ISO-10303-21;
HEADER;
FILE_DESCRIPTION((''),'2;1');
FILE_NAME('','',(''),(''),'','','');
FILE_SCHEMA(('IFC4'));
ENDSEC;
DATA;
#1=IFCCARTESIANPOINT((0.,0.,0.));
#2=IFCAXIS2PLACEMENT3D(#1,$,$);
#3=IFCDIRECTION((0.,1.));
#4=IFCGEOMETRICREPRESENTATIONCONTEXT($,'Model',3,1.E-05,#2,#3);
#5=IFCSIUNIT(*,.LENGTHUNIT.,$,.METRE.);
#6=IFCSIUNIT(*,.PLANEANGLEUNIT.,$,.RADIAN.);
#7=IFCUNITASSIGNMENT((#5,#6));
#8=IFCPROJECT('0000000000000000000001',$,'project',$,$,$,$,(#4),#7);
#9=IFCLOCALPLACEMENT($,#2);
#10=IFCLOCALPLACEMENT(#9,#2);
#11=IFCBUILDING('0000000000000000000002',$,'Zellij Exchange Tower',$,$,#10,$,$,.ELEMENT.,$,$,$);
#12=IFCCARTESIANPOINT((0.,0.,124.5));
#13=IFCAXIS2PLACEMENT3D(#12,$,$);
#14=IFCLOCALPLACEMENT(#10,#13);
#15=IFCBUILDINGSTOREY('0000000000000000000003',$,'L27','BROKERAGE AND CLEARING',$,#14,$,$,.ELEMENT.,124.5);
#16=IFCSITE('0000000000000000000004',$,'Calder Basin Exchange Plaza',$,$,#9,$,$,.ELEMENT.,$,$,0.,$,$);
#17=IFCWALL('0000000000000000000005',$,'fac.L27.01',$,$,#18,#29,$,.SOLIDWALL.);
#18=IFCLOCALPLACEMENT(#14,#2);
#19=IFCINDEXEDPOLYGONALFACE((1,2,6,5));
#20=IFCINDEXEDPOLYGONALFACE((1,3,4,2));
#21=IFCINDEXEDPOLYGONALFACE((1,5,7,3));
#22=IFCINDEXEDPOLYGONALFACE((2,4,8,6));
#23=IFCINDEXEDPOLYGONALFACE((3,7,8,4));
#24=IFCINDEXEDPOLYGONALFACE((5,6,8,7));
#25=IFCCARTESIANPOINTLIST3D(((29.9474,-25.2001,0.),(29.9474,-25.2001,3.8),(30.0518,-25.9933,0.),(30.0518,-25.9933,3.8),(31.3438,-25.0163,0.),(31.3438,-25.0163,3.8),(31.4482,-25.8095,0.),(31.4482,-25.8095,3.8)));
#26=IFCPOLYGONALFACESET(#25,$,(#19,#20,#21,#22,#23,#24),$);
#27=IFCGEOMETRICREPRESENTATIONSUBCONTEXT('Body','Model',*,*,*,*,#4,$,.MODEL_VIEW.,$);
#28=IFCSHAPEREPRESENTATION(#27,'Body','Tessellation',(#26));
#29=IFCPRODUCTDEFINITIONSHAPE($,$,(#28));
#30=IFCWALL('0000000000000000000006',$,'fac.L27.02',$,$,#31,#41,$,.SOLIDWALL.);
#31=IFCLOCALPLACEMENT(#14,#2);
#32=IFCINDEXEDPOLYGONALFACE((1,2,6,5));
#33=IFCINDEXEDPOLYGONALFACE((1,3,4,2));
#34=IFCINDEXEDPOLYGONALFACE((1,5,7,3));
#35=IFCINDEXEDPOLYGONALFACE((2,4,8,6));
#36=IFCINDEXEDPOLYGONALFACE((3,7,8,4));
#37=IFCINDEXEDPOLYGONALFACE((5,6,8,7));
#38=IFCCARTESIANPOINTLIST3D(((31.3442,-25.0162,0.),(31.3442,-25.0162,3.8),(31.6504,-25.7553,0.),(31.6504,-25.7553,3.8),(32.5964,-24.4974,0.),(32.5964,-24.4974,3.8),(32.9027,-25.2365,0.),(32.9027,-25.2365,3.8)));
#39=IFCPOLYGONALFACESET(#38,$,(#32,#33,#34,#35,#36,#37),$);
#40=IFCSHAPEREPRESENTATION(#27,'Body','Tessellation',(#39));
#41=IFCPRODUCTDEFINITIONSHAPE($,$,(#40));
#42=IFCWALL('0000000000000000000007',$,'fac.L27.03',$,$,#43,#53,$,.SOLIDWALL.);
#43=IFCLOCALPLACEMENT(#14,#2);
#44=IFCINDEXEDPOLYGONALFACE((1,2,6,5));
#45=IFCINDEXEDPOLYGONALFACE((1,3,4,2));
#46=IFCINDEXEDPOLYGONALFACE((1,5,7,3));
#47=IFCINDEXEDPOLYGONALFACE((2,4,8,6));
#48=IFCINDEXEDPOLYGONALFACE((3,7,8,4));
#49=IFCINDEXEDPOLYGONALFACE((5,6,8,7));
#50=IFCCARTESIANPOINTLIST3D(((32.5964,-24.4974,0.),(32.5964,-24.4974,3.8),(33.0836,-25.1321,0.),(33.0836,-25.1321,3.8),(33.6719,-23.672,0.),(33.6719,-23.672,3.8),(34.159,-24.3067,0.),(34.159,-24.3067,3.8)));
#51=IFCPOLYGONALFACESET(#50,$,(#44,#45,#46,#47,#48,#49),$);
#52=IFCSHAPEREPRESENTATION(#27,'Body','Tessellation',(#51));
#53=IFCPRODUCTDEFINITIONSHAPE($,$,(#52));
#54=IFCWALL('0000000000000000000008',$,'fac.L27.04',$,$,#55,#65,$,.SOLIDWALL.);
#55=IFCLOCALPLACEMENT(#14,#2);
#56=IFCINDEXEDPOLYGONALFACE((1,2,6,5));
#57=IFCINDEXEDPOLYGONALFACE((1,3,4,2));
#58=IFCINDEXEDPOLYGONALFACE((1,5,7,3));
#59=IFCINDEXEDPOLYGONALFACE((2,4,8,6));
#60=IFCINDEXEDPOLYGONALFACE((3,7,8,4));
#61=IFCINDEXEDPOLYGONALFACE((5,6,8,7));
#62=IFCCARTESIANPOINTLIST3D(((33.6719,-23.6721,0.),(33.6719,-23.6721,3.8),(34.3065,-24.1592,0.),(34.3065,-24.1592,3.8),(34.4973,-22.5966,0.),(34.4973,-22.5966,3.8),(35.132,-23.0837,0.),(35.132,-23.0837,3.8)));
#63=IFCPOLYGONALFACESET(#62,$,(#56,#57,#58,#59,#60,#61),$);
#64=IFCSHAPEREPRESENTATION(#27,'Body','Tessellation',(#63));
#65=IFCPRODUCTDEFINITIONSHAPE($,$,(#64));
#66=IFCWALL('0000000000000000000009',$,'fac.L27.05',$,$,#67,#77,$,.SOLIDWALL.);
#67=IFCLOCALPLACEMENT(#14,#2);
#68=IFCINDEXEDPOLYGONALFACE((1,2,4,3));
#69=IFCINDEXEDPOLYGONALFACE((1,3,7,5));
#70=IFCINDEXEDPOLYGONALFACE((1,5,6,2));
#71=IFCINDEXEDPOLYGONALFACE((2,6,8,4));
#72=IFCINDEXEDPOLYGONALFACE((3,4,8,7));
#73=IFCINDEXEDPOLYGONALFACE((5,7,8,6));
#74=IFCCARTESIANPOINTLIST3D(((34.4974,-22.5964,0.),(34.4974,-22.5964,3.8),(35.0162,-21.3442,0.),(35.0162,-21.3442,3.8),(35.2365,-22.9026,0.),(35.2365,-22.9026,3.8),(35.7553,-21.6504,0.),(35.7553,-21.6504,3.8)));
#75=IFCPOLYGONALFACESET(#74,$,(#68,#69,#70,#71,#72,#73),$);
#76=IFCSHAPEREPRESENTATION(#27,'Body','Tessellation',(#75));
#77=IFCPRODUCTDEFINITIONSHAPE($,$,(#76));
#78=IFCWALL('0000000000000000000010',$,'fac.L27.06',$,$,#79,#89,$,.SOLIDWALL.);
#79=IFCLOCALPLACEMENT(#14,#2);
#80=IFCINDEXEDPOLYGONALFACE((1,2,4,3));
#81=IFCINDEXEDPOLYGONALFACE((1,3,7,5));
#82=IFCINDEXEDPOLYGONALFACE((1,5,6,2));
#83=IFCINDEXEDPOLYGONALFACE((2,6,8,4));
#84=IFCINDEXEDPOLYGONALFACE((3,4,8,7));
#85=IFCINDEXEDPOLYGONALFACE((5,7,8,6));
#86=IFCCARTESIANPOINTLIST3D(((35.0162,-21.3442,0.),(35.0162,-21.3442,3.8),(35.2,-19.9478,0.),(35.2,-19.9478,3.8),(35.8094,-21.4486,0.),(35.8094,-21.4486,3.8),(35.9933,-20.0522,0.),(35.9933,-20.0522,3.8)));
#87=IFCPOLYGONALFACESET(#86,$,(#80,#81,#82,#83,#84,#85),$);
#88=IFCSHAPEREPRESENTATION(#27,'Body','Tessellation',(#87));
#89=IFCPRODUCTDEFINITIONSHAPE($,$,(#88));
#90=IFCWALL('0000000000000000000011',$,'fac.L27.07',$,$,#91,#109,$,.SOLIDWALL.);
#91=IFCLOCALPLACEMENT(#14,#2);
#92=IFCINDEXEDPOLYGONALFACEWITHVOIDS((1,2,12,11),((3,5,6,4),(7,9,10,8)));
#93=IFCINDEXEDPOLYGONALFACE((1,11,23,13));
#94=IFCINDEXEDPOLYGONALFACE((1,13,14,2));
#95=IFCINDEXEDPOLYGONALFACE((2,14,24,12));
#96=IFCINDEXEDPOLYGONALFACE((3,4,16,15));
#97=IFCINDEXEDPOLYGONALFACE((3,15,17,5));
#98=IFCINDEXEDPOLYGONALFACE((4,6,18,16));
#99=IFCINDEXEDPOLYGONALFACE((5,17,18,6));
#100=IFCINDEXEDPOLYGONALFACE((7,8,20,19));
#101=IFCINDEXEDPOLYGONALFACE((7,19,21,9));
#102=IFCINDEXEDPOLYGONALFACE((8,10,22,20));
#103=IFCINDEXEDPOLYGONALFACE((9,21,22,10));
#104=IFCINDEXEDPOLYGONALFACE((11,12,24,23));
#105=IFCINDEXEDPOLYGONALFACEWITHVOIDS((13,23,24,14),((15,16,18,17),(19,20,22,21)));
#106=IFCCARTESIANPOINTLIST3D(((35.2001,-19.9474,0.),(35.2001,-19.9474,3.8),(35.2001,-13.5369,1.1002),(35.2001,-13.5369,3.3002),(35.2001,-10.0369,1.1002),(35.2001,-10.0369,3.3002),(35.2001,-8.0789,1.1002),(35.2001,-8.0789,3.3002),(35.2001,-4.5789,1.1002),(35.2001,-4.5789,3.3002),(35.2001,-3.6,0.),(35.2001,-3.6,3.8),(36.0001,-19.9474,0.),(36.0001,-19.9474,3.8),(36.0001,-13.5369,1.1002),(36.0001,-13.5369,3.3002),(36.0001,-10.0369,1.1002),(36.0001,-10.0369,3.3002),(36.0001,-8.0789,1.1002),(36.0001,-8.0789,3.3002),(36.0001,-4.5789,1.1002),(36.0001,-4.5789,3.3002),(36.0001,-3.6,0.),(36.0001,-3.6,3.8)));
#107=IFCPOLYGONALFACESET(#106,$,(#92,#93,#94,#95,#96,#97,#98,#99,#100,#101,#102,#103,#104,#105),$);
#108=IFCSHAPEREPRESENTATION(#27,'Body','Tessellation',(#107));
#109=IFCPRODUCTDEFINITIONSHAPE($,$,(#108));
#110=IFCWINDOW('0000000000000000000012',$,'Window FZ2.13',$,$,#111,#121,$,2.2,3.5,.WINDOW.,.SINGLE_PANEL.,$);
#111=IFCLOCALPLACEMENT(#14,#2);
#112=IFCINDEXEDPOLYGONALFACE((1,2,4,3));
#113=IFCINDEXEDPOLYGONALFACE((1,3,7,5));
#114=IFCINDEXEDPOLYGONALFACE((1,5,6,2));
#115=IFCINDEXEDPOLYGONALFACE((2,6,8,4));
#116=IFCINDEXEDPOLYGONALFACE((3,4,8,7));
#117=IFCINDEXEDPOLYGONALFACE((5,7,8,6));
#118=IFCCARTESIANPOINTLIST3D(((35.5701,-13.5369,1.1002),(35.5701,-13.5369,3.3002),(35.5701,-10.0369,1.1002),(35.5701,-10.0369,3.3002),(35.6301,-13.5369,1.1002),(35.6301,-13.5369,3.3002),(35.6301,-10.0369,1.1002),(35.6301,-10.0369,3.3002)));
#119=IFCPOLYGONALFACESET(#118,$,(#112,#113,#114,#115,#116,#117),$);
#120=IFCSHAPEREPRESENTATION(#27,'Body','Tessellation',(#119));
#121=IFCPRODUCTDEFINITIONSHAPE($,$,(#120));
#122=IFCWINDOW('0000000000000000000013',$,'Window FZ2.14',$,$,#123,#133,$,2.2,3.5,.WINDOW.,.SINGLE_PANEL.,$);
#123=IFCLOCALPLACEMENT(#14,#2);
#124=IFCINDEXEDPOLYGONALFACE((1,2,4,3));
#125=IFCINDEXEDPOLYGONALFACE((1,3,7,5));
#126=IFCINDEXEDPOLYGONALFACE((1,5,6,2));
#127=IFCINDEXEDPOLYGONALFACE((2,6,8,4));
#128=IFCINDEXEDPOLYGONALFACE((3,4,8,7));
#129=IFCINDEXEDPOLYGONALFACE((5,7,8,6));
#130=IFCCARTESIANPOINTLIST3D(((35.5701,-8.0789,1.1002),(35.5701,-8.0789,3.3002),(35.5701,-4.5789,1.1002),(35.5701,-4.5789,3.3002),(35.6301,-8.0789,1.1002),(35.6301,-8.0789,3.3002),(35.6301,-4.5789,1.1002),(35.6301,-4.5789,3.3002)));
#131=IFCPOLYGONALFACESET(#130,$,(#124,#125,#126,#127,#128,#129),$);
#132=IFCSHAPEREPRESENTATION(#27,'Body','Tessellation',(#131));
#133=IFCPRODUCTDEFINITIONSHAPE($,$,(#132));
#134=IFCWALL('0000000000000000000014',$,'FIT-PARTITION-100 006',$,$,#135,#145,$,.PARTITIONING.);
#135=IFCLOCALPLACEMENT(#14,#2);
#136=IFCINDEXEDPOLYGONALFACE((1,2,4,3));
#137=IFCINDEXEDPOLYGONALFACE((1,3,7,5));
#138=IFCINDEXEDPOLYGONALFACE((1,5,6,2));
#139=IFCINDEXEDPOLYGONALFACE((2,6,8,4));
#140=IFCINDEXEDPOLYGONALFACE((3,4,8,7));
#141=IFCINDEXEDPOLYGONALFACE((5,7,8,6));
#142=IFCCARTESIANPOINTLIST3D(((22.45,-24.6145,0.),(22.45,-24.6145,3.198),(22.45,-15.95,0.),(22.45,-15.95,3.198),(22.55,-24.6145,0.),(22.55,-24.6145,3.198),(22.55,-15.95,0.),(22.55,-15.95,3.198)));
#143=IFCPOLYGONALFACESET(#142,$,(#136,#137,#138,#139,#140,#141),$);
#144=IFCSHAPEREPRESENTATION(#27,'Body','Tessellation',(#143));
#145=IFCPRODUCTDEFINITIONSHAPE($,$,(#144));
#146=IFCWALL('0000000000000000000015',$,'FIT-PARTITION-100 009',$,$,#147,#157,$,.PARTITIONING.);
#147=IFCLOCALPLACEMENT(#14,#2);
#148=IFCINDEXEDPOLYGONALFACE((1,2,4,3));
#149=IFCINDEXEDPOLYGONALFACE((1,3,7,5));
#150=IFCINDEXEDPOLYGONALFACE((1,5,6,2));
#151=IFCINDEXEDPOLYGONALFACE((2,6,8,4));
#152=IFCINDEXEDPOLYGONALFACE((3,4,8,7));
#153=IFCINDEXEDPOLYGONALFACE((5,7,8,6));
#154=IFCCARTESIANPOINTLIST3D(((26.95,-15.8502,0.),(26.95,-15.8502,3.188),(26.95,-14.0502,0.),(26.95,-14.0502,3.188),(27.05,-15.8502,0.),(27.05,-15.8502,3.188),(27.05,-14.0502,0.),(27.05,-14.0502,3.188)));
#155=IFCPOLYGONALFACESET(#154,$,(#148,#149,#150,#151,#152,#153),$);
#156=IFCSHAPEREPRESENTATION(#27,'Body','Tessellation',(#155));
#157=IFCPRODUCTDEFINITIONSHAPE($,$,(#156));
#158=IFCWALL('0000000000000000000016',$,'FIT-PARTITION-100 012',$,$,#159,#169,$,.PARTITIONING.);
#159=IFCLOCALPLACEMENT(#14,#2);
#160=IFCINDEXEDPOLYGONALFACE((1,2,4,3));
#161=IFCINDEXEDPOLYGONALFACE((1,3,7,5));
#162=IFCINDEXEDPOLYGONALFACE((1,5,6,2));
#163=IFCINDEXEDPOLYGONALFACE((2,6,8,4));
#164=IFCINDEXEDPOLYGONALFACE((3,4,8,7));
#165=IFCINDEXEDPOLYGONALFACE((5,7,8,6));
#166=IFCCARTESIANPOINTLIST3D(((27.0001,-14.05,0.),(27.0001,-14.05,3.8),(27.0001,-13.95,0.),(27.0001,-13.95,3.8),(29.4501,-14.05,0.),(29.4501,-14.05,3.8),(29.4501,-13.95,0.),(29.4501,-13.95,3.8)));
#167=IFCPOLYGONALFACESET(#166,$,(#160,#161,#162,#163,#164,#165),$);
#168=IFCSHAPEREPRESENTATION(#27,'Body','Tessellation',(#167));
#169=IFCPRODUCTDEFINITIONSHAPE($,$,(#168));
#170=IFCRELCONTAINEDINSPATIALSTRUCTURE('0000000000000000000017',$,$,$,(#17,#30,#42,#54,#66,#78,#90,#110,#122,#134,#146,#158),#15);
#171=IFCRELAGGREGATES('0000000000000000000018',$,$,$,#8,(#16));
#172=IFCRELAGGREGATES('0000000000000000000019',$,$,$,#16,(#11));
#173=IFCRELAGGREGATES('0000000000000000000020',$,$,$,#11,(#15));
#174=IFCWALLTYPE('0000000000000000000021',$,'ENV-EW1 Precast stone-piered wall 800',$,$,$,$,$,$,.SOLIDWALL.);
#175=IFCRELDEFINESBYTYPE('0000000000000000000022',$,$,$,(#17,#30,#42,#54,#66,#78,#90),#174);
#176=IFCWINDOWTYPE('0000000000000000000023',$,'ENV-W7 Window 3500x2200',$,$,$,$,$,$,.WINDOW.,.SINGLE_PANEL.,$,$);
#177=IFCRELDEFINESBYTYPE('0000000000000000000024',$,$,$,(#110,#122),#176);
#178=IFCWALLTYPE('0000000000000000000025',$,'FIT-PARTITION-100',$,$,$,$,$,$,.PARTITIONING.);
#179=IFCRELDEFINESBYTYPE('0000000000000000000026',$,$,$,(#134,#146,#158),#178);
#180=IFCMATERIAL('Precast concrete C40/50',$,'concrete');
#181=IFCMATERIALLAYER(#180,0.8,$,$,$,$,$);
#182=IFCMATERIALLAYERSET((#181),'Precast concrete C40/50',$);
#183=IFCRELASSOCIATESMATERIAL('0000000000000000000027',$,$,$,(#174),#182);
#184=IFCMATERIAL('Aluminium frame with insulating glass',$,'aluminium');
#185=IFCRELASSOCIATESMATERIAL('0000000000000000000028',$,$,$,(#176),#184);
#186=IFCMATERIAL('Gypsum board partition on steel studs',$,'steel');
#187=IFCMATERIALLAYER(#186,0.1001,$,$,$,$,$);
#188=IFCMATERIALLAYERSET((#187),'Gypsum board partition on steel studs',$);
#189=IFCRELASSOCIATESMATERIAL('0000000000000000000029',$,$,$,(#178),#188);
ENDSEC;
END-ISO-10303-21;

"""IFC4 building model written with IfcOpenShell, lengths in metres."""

from ifc_helpers import new_model, si_unit, direction, frame, frame_2d, origin, place, context, subcontext, project, spatial, rectangle, extrude, material, layer, layer_set, type_object, element, fill, save


model = new_model("IFC4")

# Units and contexts
model_context = context("Model", 3, precision=1e-05, world=origin(), true_north=direction((0.0, 1.0)))
body_context = subcontext(model_context, "Body", "Model", "MODEL_VIEW")
ifc_project = project(units=[si_unit("LENGTHUNIT", "METRE"), si_unit("PLANEANGLEUNIT", "RADIAN")], contexts=[model_context])

# Site, building, storey
site_placement = place(None, origin())
site = spatial("IfcSite", under=ifc_project, at=site_placement, Name="Calder Basin Exchange Plaza", CompositionType="ELEMENT", RefElevation=0.0)
building_placement = place(site_placement, origin())
building = spatial("IfcBuilding", under=site, at=building_placement, Name="Zellij Exchange Tower", CompositionType="ELEMENT")
storey_placement = place(building_placement, frame((0.0, 0.0, 124.5)))
storey = spatial("IfcBuildingStorey", under=building, at=storey_placement, Name="L27", Description="BROKERAGE AND CLEARING", CompositionType="ELEMENT", Elevation=124.5)

# Walls
ifc_material_1 = material(Name="Precast concrete C40/50", Category="concrete")
ifc_layer_1 = layer(ifc_material_1, 0.8)
ifc_layer_set_1 = layer_set([ifc_layer_1], Name="Precast concrete C40/50")
wall_type_1 = type_object("IfcWallType", Name="ENV-EW1 Precast stone-piered wall 800", PredefinedType="SOLIDWALL", material=ifc_layer_set_1)
wall_1_placement = place(storey_placement, frame((29.9998, -25.5967, 0.0), z_axis=(0.0, 0.0, 1.0), x_axis=(0.991446, 0.130517, 0.0)))
element("IfcWall", 1, at=wall_1_placement, inside=storey, type_object=wall_type_1, Name="fac.L27.01", PredefinedType="SOLIDWALL", context=body_context, shape_type="SweptSolid", body=[
    extrude(rectangle(XDim=1.4084, YDim=0.8, at=frame_2d((0.7041, 0.0))), origin(), (0.0, 0.0, 1.0), 3.8),
])
wall_2_placement = place(storey_placement, frame((31.4973, -25.3857, 0.0), z_axis=(0.0, 0.0, 1.0), x_axis=(0.923848, 0.38276, 0.0)))
element("IfcWall", 2, at=wall_2_placement, inside=storey, type_object=wall_type_1, Name="fac.L27.02", PredefinedType="SOLIDWALL", context=body_context, shape_type="SweptSolid", body=[
    extrude(rectangle(XDim=1.3555, YDim=0.8, at=frame_2d((0.6777, 0.0))), origin(), (0.0, 0.0, 1.0), 3.8),
])
for number, where, z_axis, x_axis, name in (
    (3, (32.8401, -24.8147, 0.0), (0.0, 0.0, 1.0), (0.793273, 0.608866, 0.0), "fac.L27.03"),
    (4, (33.9893, -23.9155, 0.0), (0.0, 0.0, 1.0), (0.608866, 0.793273, 0.0), "fac.L27.04"),
):
    element("IfcWall", number, at=place(storey_placement, frame(where, z_axis=z_axis, x_axis=x_axis)), inside=storey, type_object=wall_type_1, Name=name, PredefinedType="SOLIDWALL", context=body_context, shape_type="SweptSolid", body=[
        extrude(rectangle(XDim=1.3557, YDim=0.8, at=frame_2d((0.6777, 0.0))), origin(), (0.0, 0.0, 1.0), 3.8),
    ])
wall_3_placement = place(storey_placement, frame((34.8669, -22.7495, 0.0), z_axis=(0.0, 0.0, 1.0), x_axis=(0.38276, 0.923848, 0.0)))
element("IfcWall", 5, at=wall_3_placement, inside=storey, type_object=wall_type_1, Name="fac.L27.05", PredefinedType="SOLIDWALL", context=body_context, shape_type="SweptSolid", body=[
    extrude(rectangle(XDim=1.3555, YDim=0.8, at=frame_2d((0.6777, 0.0))), origin(), (0.0, 0.0, 1.0), 3.8),
])
wall_4_placement = place(storey_placement, frame((35.4128, -21.3962, 0.0), z_axis=(0.0, 0.0, 1.0), x_axis=(0.130517, 0.991446, 0.0)))
element("IfcWall", 6, at=wall_4_placement, inside=storey, type_object=wall_type_1, Name="fac.L27.06", PredefinedType="SOLIDWALL", context=body_context, shape_type="SweptSolid", body=[
    extrude(rectangle(XDim=1.4084, YDim=0.8, at=frame_2d((0.7041, 0.0))), origin(), (0.0, 0.0, 1.0), 3.8),
])

# Wall, openings, windows
wall_5_placement = place(storey_placement, frame((35.6001, -19.9475, 0.0), z_axis=(0.0, 0.0, 1.0), x_axis=(0.0, 1.0, 0.0)))
wall_5 = element("IfcWall", 7, at=wall_5_placement, inside=storey, type_object=wall_type_1, Name="fac.L27.07", PredefinedType="SOLIDWALL", context=body_context, shape_type="SweptSolid", body=[
    extrude(rectangle(XDim=16.3474, YDim=0.8, at=frame_2d((8.1738, 0.0))), origin(), (0.0, 0.0, 1.0), 3.8),
])
opening_1_placement = place(wall_5_placement, frame((6.4106, 0.0, 1.1001)))
opening_1 = element("IfcOpeningElement", 8, at=opening_1_placement, cuts=wall_5, PredefinedType="OPENING", context=body_context, shape_type="SweptSolid", body=[
    extrude(rectangle(XDim=3.5, YDim=2.2, at=frame_2d((1.75, 1.1001))), frame((0.0, 0.4121, 0.0), z_axis=(0.0, -1.0, 0.0), x_axis=(1.0, 0.0, 0.0)), (0.0, 0.0, 1.0), 0.824),
])
opening_2_placement = place(wall_5_placement, frame((11.8687, 0.0, 1.1001)))
opening_2 = element("IfcOpeningElement", 9, at=opening_2_placement, cuts=wall_5, PredefinedType="OPENING", context=body_context, shape_type="SweptSolid", body=[
    extrude(rectangle(XDim=3.5, YDim=2.2, at=frame_2d((1.75, 1.1001))), frame((0.0, 0.4121, 0.0), z_axis=(0.0, -1.0, 0.0), x_axis=(1.0, 0.0, 0.0)), (0.0, 0.0, 1.0), 0.824),
])
ifc_material_2 = material(Name="Aluminium frame with insulating glass", Category="aluminium")
window_type = type_object("IfcWindowType", Name="ENV-W7 Window 3500x2200", PartitioningType="SINGLE_PANEL", PredefinedType="WINDOW", material=ifc_material_2)
window_1_placement = place(opening_1_placement, origin())
window_1 = element("IfcWindow", 10, at=window_1_placement, inside=storey, type_object=window_type, Name="Window FZ2.13", OverallHeight=2.2, OverallWidth=3.5, PartitioningType="SINGLE_PANEL", PredefinedType="WINDOW", context=body_context, shape_type="SweptSolid", body=[
    extrude(rectangle(XDim=3.5, YDim=2.2, at=frame_2d((1.75, 1.1001))), frame((0.0, 0.03, 0.0), z_axis=(0.0, -1.0, 0.0), x_axis=(1.0, 0.0, 0.0)), (0.0, 0.0, 1.0), 0.0601),
])
fill(opening_1, window_1)
window_2_placement = place(opening_2_placement, origin())
window_2 = element("IfcWindow", 11, at=window_2_placement, inside=storey, type_object=window_type, Name="Window FZ2.14", OverallHeight=2.2, OverallWidth=3.5, PartitioningType="SINGLE_PANEL", PredefinedType="WINDOW", context=body_context, shape_type="SweptSolid", body=[
    extrude(rectangle(XDim=3.5, YDim=2.2, at=frame_2d((1.75, 1.1001))), frame((0.0, 0.03, 0.0), z_axis=(0.0, -1.0, 0.0), x_axis=(1.0, 0.0, 0.0)), (0.0, 0.0, 1.0), 0.0601),
])
fill(opening_2, window_2)

# Walls
ifc_material_3 = material(Name="Gypsum board partition on steel studs", Category="steel")
ifc_layer_2 = layer(ifc_material_3, 0.1001)
ifc_layer_set_2 = layer_set([ifc_layer_2], Name="Gypsum board partition on steel studs")
wall_type_2 = type_object("IfcWallType", Name="FIT-PARTITION-100", PredefinedType="PARTITIONING", material=ifc_layer_set_2)
wall_6_placement = place(storey_placement, frame((22.5, -24.6145, 0.0), z_axis=(0.0, 0.0, 1.0), x_axis=(0.0, 1.0, 0.0)))
element("IfcWall", 12, at=wall_6_placement, inside=storey, type_object=wall_type_2, Name="FIT-PARTITION-100 006", PredefinedType="PARTITIONING", context=body_context, shape_type="SweptSolid", body=[
    extrude(rectangle(XDim=8.6646, YDim=0.1001, at=frame_2d((4.3323, 0.0))), origin(), (0.0, 0.0, 1.0), 3.198),
])
wall_7_placement = place(storey_placement, frame((27.0, -15.8501, 0.0), z_axis=(0.0, 0.0, 1.0), x_axis=(0.0, 1.0, 0.0)))
element("IfcWall", 13, at=wall_7_placement, inside=storey, type_object=wall_type_2, Name="FIT-PARTITION-100 009", PredefinedType="PARTITIONING", context=body_context, shape_type="SweptSolid", body=[
    extrude(rectangle(XDim=1.8, YDim=0.1001, at=frame_2d((0.8999, 0.0))), origin(), (0.0, 0.0, 1.0), 3.188),
])
wall_8_placement = place(storey_placement, frame((27.0, -14.0, 0.0), z_axis=(0.0, 0.0, 1.0), x_axis=(1.0, 0.0, 0.0)))
element("IfcWall", 14, at=wall_8_placement, inside=storey, type_object=wall_type_2, Name="FIT-PARTITION-100 012", PredefinedType="PARTITIONING", context=body_context, shape_type="SweptSolid", body=[
    extrude(rectangle(XDim=2.45, YDim=0.1001, at=frame_2d((1.2251, 0.0))), origin(), (0.0, 0.0, 1.0), 3.8),
])

save(model, "model.ifc")
